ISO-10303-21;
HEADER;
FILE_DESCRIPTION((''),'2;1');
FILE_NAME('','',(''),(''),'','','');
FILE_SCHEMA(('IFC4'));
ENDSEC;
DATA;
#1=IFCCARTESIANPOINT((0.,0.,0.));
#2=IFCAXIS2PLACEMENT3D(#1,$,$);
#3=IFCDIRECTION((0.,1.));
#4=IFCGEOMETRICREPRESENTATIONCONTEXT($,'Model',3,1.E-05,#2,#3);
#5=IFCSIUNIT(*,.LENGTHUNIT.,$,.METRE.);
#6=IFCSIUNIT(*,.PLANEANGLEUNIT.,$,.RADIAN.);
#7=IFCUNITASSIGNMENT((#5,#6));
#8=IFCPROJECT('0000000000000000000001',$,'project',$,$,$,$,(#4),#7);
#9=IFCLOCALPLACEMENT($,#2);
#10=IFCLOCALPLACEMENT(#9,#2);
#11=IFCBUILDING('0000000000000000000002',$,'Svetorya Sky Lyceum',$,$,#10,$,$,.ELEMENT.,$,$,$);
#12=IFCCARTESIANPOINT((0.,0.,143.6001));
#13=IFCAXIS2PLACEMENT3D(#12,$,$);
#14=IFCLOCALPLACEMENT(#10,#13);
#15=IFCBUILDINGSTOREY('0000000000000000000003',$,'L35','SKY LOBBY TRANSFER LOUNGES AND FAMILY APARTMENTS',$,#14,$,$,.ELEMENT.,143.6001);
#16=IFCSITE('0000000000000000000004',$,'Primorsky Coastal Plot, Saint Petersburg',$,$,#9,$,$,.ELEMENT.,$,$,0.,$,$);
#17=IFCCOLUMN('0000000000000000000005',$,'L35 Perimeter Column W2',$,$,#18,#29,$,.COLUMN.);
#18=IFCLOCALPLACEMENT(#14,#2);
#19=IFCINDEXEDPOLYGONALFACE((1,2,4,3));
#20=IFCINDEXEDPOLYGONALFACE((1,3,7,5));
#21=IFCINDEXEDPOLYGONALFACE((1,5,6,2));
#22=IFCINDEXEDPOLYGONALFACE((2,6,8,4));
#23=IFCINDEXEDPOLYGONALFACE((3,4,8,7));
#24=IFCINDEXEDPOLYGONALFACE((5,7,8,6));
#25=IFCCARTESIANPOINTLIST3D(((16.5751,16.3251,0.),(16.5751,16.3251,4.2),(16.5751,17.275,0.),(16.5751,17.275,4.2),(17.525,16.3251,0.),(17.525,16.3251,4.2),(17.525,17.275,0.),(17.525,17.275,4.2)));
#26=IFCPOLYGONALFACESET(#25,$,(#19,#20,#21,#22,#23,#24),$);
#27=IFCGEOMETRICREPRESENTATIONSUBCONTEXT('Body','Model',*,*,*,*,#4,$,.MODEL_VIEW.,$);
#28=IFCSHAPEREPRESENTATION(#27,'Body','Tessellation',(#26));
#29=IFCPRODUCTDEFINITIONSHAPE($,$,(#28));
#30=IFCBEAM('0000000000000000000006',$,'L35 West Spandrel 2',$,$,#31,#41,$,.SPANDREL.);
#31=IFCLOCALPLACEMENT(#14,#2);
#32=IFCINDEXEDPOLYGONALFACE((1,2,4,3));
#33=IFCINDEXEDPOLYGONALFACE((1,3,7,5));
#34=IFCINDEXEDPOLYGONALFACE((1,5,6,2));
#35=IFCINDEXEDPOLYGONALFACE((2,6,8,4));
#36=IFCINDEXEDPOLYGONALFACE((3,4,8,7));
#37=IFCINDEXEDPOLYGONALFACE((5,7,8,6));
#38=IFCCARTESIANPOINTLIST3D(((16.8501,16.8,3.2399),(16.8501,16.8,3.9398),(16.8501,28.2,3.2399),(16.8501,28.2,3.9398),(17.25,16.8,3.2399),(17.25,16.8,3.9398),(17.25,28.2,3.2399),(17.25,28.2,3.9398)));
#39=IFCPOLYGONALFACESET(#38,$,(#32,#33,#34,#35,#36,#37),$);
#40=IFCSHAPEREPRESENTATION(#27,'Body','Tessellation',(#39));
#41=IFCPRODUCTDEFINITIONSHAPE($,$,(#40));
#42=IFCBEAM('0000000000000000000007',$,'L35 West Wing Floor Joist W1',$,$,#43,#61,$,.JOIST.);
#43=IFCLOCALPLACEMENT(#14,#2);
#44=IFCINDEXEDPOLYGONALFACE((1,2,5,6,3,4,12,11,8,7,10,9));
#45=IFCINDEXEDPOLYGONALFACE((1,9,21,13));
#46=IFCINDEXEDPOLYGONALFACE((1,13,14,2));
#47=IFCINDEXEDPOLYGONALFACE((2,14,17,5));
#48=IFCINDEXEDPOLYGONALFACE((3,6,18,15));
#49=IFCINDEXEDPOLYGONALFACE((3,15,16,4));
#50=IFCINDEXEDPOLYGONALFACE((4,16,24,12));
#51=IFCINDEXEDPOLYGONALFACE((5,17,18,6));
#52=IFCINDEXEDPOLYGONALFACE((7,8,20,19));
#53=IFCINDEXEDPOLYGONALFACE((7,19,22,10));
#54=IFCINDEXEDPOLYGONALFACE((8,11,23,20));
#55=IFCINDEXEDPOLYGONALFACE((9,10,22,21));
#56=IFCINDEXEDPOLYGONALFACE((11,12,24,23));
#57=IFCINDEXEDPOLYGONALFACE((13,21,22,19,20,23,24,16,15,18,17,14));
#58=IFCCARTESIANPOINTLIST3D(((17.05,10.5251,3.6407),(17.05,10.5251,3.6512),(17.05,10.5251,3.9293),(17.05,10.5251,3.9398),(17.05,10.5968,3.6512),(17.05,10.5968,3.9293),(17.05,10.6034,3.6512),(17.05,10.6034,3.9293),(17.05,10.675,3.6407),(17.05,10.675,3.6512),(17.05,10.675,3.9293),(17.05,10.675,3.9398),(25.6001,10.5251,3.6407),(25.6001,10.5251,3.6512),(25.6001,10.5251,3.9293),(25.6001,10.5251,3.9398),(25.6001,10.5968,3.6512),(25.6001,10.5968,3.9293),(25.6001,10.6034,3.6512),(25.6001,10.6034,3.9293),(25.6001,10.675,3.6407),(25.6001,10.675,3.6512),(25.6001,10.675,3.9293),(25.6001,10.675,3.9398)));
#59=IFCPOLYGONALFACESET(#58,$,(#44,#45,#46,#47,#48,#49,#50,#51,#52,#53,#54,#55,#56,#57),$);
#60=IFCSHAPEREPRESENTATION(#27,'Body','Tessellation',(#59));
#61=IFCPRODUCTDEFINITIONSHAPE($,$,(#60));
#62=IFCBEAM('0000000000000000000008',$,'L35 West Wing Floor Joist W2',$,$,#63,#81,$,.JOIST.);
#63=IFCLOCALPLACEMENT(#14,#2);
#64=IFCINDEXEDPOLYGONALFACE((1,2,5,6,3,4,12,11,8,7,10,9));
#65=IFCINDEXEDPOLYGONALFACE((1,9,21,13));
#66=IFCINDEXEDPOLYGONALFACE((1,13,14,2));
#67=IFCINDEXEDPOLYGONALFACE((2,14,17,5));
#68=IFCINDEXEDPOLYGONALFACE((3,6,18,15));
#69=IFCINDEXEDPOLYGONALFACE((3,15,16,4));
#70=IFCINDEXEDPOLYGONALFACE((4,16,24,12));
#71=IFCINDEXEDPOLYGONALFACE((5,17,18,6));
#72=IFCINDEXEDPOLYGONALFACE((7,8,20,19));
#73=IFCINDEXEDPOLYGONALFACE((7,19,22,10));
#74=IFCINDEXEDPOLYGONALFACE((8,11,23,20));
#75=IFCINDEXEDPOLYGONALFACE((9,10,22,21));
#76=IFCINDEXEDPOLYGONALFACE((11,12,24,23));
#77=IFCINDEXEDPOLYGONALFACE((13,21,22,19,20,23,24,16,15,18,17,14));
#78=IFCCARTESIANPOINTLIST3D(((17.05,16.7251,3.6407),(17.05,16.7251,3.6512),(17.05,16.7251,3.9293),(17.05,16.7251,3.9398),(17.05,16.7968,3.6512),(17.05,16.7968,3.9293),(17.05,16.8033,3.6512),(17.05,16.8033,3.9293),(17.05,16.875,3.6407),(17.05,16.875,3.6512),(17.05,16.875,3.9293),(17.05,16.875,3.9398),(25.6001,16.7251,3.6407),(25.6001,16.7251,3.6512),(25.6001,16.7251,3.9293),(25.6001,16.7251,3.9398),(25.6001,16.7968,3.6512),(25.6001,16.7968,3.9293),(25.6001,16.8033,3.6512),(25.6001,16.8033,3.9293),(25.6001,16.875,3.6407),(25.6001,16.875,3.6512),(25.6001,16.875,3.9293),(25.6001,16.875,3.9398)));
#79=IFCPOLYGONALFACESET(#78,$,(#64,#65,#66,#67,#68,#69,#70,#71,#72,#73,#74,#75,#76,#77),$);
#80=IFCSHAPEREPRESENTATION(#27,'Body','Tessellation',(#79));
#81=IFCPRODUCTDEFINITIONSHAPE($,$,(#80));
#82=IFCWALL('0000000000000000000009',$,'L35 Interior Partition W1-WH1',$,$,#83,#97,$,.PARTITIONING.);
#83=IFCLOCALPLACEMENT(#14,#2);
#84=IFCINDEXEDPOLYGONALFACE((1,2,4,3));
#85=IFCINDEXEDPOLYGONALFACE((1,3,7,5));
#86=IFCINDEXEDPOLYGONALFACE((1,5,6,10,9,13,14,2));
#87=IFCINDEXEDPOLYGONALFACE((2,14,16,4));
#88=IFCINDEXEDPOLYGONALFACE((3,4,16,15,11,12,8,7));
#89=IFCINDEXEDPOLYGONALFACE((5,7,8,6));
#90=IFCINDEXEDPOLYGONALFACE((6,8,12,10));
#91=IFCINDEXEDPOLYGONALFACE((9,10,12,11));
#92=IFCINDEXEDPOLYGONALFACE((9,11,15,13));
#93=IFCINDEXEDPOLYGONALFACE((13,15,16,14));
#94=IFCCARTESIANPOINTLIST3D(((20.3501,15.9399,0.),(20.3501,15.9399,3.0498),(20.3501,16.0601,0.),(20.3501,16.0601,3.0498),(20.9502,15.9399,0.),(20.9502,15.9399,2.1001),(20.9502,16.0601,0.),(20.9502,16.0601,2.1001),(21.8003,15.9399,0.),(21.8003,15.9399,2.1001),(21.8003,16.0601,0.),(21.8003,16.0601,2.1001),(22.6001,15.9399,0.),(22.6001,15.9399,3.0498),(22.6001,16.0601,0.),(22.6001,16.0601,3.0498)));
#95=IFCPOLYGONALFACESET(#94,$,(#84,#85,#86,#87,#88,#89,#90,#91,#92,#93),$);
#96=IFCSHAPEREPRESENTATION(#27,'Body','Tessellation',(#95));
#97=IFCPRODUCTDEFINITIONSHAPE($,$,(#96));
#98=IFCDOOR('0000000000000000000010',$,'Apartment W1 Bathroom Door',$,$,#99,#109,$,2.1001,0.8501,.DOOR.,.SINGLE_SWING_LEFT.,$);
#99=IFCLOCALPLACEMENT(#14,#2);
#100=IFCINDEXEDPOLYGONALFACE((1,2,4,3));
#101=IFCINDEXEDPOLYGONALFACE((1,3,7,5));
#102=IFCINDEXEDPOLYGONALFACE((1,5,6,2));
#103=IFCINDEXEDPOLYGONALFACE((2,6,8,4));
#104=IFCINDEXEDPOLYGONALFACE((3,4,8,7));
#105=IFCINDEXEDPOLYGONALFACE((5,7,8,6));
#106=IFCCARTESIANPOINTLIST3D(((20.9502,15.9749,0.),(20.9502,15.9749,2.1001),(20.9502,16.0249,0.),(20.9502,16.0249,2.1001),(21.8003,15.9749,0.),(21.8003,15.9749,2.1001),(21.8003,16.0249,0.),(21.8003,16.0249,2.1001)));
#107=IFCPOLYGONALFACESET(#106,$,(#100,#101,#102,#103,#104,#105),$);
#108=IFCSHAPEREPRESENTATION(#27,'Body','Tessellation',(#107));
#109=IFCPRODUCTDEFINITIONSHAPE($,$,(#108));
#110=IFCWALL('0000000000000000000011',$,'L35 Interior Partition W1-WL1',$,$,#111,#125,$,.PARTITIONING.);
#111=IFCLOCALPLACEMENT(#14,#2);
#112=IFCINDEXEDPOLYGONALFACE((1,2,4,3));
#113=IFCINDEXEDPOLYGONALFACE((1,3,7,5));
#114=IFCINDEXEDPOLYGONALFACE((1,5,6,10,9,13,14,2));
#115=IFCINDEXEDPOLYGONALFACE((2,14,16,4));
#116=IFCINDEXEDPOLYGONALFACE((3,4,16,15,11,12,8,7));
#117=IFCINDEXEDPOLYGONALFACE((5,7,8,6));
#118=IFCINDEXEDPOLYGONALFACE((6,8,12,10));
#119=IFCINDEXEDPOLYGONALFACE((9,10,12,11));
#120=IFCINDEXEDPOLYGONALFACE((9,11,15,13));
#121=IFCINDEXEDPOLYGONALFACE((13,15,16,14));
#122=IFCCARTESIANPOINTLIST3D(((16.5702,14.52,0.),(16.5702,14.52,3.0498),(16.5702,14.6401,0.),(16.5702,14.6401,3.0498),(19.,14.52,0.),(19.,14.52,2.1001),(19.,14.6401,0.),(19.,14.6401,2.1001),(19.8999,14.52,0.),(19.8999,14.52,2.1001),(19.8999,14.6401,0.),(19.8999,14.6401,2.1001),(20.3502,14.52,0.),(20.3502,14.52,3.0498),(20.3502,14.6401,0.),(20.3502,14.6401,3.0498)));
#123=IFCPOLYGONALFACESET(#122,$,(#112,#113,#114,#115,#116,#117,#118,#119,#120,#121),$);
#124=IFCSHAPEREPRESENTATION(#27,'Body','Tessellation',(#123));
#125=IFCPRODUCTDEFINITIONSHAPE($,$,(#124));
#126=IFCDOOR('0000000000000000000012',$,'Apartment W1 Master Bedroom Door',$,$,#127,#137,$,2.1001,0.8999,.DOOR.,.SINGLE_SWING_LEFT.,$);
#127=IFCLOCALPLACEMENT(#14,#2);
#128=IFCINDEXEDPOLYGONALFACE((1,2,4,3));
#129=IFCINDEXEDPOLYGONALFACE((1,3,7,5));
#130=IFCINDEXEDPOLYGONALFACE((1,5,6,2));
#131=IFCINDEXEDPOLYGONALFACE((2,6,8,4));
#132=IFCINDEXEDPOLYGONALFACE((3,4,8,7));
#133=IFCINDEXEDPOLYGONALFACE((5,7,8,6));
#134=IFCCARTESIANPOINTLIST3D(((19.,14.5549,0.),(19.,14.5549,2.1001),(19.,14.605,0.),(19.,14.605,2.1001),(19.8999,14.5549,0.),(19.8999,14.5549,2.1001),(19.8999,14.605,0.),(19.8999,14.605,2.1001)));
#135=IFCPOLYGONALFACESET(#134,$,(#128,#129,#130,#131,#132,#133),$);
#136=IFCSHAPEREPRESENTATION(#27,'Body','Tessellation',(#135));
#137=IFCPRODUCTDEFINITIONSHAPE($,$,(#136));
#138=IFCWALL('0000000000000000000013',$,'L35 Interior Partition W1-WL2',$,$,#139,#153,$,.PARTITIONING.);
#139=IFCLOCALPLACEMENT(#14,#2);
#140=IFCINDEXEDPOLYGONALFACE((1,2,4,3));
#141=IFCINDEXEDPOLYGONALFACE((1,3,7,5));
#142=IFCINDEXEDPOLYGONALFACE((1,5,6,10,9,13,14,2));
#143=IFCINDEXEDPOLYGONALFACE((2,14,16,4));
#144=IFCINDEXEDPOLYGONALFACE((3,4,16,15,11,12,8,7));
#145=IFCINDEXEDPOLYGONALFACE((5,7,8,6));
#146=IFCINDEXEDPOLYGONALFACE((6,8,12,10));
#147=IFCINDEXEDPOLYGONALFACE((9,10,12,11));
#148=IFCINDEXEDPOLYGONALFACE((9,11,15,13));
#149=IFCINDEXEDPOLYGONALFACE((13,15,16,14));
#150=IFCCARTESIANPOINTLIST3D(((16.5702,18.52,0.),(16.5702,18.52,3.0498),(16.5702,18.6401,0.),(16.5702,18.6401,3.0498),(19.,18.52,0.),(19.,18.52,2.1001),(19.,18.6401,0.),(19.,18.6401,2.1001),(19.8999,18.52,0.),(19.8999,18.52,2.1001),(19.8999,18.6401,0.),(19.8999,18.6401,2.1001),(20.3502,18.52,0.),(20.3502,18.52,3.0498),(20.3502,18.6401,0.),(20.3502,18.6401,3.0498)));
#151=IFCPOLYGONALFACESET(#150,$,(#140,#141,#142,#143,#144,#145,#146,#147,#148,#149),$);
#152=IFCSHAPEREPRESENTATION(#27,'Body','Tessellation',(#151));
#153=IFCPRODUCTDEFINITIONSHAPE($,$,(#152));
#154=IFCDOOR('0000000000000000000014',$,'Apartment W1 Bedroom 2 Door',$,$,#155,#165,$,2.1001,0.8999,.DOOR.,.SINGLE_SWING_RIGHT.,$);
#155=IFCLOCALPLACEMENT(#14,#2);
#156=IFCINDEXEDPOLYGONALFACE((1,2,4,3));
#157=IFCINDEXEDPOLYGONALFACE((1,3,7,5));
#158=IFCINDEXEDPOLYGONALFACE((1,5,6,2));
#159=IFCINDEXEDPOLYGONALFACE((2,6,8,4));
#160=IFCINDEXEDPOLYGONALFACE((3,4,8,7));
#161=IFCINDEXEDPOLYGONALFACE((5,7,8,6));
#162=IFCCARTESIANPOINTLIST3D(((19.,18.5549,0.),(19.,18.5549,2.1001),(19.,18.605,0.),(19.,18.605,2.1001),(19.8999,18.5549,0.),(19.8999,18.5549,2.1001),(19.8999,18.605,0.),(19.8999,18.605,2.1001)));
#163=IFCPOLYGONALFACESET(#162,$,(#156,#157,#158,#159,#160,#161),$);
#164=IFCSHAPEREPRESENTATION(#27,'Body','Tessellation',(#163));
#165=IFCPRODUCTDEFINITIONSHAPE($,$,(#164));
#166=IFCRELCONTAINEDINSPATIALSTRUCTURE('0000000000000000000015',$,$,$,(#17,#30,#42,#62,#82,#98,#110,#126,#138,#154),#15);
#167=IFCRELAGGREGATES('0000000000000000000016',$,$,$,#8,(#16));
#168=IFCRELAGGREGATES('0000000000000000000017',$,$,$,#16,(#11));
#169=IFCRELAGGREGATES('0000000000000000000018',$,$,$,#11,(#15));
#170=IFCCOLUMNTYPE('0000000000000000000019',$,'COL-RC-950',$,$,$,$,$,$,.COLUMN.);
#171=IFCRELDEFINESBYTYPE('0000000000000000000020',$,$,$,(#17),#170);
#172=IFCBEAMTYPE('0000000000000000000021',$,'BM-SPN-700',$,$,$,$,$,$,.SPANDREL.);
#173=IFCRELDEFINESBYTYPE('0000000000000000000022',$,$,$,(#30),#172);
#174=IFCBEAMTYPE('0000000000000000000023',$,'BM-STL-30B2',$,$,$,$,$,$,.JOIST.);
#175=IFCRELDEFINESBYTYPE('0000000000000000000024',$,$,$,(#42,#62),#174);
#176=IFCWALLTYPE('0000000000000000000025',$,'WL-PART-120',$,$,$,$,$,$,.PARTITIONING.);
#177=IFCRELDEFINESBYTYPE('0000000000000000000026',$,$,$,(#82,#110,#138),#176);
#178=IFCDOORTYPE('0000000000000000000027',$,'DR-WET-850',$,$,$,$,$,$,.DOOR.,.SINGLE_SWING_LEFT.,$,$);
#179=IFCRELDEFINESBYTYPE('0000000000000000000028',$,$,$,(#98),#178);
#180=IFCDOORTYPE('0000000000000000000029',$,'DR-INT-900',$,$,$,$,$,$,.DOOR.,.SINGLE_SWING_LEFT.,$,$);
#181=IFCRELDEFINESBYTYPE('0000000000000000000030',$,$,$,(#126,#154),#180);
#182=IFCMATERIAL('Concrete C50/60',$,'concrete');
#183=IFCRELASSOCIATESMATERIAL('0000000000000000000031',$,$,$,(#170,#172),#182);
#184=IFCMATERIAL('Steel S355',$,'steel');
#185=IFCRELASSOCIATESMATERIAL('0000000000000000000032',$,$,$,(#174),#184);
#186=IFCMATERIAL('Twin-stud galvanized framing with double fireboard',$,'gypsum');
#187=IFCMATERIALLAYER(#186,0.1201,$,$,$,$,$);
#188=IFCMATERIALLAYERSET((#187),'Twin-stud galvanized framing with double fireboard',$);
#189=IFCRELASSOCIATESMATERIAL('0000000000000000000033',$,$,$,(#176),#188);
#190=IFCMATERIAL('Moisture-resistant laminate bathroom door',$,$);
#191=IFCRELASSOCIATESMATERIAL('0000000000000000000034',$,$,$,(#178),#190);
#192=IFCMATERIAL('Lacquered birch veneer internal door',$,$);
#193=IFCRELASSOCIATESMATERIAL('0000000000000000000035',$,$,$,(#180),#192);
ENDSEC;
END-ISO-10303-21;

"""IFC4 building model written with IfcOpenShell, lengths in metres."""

from ifc_helpers import new_model, si_unit, direction, frame, frame_2d, origin, origin_2d, place, context, subcontext, project, spatial, rectangle, i_section, extrude, material, layer, layer_set, material_profile, profile_set, type_object, element, fill, save


model = new_model("IFC4")

# Units and contexts
model_context = context("Model", 3, precision=1e-05, world=origin(), true_north=direction((0.0, 1.0)))
body_context = subcontext(model_context, "Body", "Model", "MODEL_VIEW")
ifc_project = project(units=[si_unit("LENGTHUNIT", "METRE"), si_unit("PLANEANGLEUNIT", "RADIAN")], contexts=[model_context])

# Site, building, storey
site_placement = place(None, origin())
site = spatial("IfcSite", under=ifc_project, at=site_placement, Name="Primorsky Coastal Plot, Saint Petersburg", CompositionType="ELEMENT", RefElevation=0.0)
building_placement = place(site_placement, origin())
building = spatial("IfcBuilding", under=site, at=building_placement, Name="Svetorya Sky Lyceum", CompositionType="ELEMENT")
storey_placement = place(building_placement, frame((0.0, 0.0, 143.6001)))
storey = spatial("IfcBuildingStorey", under=building, at=storey_placement, Name="L35", Description="SKY LOBBY TRANSFER LOUNGES AND FAMILY APARTMENTS", CompositionType="ELEMENT", Elevation=143.6001)

# Column
ifc_material_1 = material(Name="Concrete C50/60", Category="concrete")
ifc_material_profile_1 = material_profile(ifc_material_1, rectangle(XDim=0.95, YDim=0.95, at=origin_2d()), Name="RC COL 950x950")
ifc_profile_set_1 = profile_set([ifc_material_profile_1], Name="Concrete C50/60")
column_type = type_object("IfcColumnType", Name="COL-RC-950", PredefinedType="COLUMN", material=ifc_profile_set_1)
column_placement = place(storey_placement, frame((17.05, 16.8, 0.0), z_axis=(0.0, 0.0, 1.0), x_axis=(1.0, 0.0, 0.0)))
element("IfcColumn", 1, at=column_placement, inside=storey, type_object=column_type, Name="L35 Perimeter Column W2", PredefinedType="COLUMN", context=body_context, shape_type="SweptSolid", body=[
    extrude(rectangle(XDim=0.95, YDim=0.95, at=origin_2d()), origin(), (0.0, 0.0, 1.0), 4.2),
])

# Beams
ifc_material_profile_2 = material_profile(ifc_material_1, rectangle(XDim=0.3999, YDim=0.7, at=origin_2d()), Name="RC SPANDREL 400x700")
ifc_profile_set_2 = profile_set([ifc_material_profile_2], Name="Concrete C50/60")
beam_type_1 = type_object("IfcBeamType", Name="BM-SPN-700", PredefinedType="SPANDREL", material=ifc_profile_set_2)
beam_placement = place(storey_placement, frame((17.05, 16.8, 3.5898), z_axis=(0.0, 1.0, 0.0), x_axis=(-1.0, 0.0, 0.0)))
element("IfcBeam", 2, at=beam_placement, inside=storey, type_object=beam_type_1, Name="L35 West Spandrel 2", PredefinedType="SPANDREL", context=body_context, shape_type="SweptSolid", body=[
    extrude(rectangle(XDim=0.3999, YDim=0.7, at=origin_2d()), origin(), (0.0, 0.0, 1.0), 11.3999),
])
ifc_material_2 = material(Name="Steel S355", Category="steel")
ifc_material_profile_3 = material_profile(ifc_material_2, i_section(OverallWidth=0.1499, OverallDepth=0.2991, WebThickness=0.0066, FlangeThickness=0.0105, at=origin_2d()), Name="GOST 30B2")
ifc_profile_set_3 = profile_set([ifc_material_profile_3], Name="Steel S355")
beam_type_2 = type_object("IfcBeamType", Name="BM-STL-30B2", PredefinedType="JOIST", material=ifc_profile_set_3)
for number, where, z_axis, x_axis, name in (
    (3, (17.05, 10.6001, 3.7903), (1.0, 0.0, 0.0), (0.0, 1.0, 0.0), "L35 West Wing Floor Joist W1"),
    (4, (17.05, 16.8, 3.7903), (1.0, 0.0, 0.0), (0.0, 1.0, 0.0), "L35 West Wing Floor Joist W2"),
):
    element("IfcBeam", number, at=place(storey_placement, frame(where, z_axis=z_axis, x_axis=x_axis)), inside=storey, type_object=beam_type_2, Name=name, PredefinedType="JOIST", context=body_context, shape_type="SweptSolid", body=[
        extrude(i_section(OverallWidth=0.1499, OverallDepth=0.2991, WebThickness=0.0066, FlangeThickness=0.0105, at=origin_2d()), origin(), (0.0, 0.0, 1.0), 8.55),
    ])

# Walls, openings, doors
ifc_material_3 = material(Name="Twin-stud galvanized framing with double fireboard", Category="gypsum")
ifc_layer_1 = layer(ifc_material_3, 0.1201)
ifc_layer_set_1 = layer_set([ifc_layer_1], Name="Twin-stud galvanized framing with double fireboard")
wall_type_1 = type_object("IfcWallType", Name="WL-PART-120", PredefinedType="PARTITIONING", material=ifc_layer_set_1)
wall_1_placement = place(storey_placement, frame((20.3501, 16.0, 0.0), z_axis=(0.0, 0.0, 1.0), x_axis=(1.0, 0.0, 0.0)))
wall_1 = element("IfcWall", 5, at=wall_1_placement, inside=storey, type_object=wall_type_1, Name="L35 Interior Partition W1-WH1", PredefinedType="PARTITIONING", context=body_context, shape_type="SweptSolid", body=[
    extrude(rectangle(XDim=2.25, YDim=0.1201, at=frame_2d((1.125, 0.0))), origin(), (0.0, 0.0, 1.0), 3.0498),
])
opening_1_placement = place(wall_1_placement, frame((0.6001, 0.0, 0.0)))
opening_1 = element("IfcOpeningElement", 6, at=opening_1_placement, cuts=wall_1, PredefinedType="OPENING", context=body_context, shape_type="SweptSolid", body=[
    extrude(rectangle(XDim=0.8501, YDim=2.1001, at=frame_2d((0.425, 1.05))), frame((0.0, 0.0701, 0.0), z_axis=(0.0, -1.0, 0.0), x_axis=(1.0, 0.0, 0.0)), (0.0, 0.0, 1.0), 0.1401),
])
ifc_material_4 = material(Name="Moisture-resistant laminate bathroom door")
door_type_1 = type_object("IfcDoorType", Name="DR-WET-850", OperationType="SINGLE_SWING_LEFT", PredefinedType="DOOR", material=ifc_material_4)
door_1_placement = place(opening_1_placement, origin())
door_1 = element("IfcDoor", 7, at=door_1_placement, inside=storey, type_object=door_type_1, Name="Apartment W1 Bathroom Door", OperationType="SINGLE_SWING_LEFT", OverallHeight=2.1001, OverallWidth=0.8501, PredefinedType="DOOR", context=body_context, shape_type="SweptSolid", body=[
    extrude(rectangle(XDim=0.8501, YDim=2.1001, at=frame_2d((0.425, 1.05))), frame((0.0, 0.0249, 0.0), z_axis=(0.0, -1.0, 0.0), x_axis=(1.0, 0.0, 0.0)), (0.0, 0.0, 1.0), 0.05),
])
fill(opening_1, door_1)
wall_2_placement = place(storey_placement, frame((16.5701, 14.5801, 0.0), z_axis=(0.0, 0.0, 1.0), x_axis=(1.0, 0.0, 0.0)))
wall_2 = element("IfcWall", 8, at=wall_2_placement, inside=storey, type_object=wall_type_1, Name="L35 Interior Partition W1-WL1", PredefinedType="PARTITIONING", context=body_context, shape_type="SweptSolid", body=[
    extrude(rectangle(XDim=3.78, YDim=0.1201, at=frame_2d((1.8901, 0.0))), origin(), (0.0, 0.0, 1.0), 3.0498),
])
opening_2_placement = place(wall_2_placement, frame((2.4299, 0.0, 0.0)))
opening_2 = element("IfcOpeningElement", 9, at=opening_2_placement, cuts=wall_2, PredefinedType="OPENING", context=body_context, shape_type="SweptSolid", body=[
    extrude(rectangle(XDim=0.8999, YDim=2.1001, at=frame_2d((0.45, 1.05))), frame((0.0, 0.0701, 0.0), z_axis=(0.0, -1.0, 0.0), x_axis=(1.0, 0.0, 0.0)), (0.0, 0.0, 1.0), 0.1401),
])
ifc_material_5 = material(Name="Lacquered birch veneer internal door")
door_type_2 = type_object("IfcDoorType", Name="DR-INT-900", OperationType="SINGLE_SWING_LEFT", PredefinedType="DOOR", material=ifc_material_5)
door_2_placement = place(opening_2_placement, origin())
door_2 = element("IfcDoor", 10, at=door_2_placement, inside=storey, type_object=door_type_2, Name="Apartment W1 Master Bedroom Door", OperationType="SINGLE_SWING_LEFT", OverallHeight=2.1001, OverallWidth=0.8999, PredefinedType="DOOR", context=body_context, shape_type="SweptSolid", body=[
    extrude(rectangle(XDim=0.8999, YDim=2.1001, at=frame_2d((0.45, 1.05))), frame((0.0, 0.0249, 0.0), z_axis=(0.0, -1.0, 0.0), x_axis=(1.0, 0.0, 0.0)), (0.0, 0.0, 1.0), 0.05),
])
fill(opening_2, door_2)
wall_3_placement = place(storey_placement, frame((16.5701, 18.5801, 0.0), z_axis=(0.0, 0.0, 1.0), x_axis=(1.0, 0.0, 0.0)))
wall_3 = element("IfcWall", 11, at=wall_3_placement, inside=storey, type_object=wall_type_1, Name="L35 Interior Partition W1-WL2", PredefinedType="PARTITIONING", context=body_context, shape_type="SweptSolid", body=[
    extrude(rectangle(XDim=3.78, YDim=0.1201, at=frame_2d((1.8901, 0.0))), origin(), (0.0, 0.0, 1.0), 3.0498),
])
opening_3_placement = place(wall_3_placement, frame((2.4299, 0.0, 0.0)))
opening_3 = element("IfcOpeningElement", 12, at=opening_3_placement, cuts=wall_3, PredefinedType="OPENING", context=body_context, shape_type="SweptSolid", body=[
    extrude(rectangle(XDim=0.8999, YDim=2.1001, at=frame_2d((0.45, 1.05))), frame((0.0, 0.0701, 0.0), z_axis=(0.0, -1.0, 0.0), x_axis=(1.0, 0.0, 0.0)), (0.0, 0.0, 1.0), 0.1401),
])
door_3_placement = place(opening_3_placement, origin())
door_3 = element("IfcDoor", 13, at=door_3_placement, inside=storey, type_object=door_type_2, Name="Apartment W1 Bedroom 2 Door", OperationType="SINGLE_SWING_RIGHT", OverallHeight=2.1001, OverallWidth=0.8999, PredefinedType="DOOR", context=body_context, shape_type="SweptSolid", body=[
    extrude(rectangle(XDim=0.8999, YDim=2.1001, at=frame_2d((0.45, 1.05))), frame((0.0, 0.0249, 0.0), z_axis=(0.0, -1.0, 0.0), x_axis=(1.0, 0.0, 0.0)), (0.0, 0.0, 1.0), 0.05),
])
fill(opening_3, door_3)

save(model, "model.ifc")
